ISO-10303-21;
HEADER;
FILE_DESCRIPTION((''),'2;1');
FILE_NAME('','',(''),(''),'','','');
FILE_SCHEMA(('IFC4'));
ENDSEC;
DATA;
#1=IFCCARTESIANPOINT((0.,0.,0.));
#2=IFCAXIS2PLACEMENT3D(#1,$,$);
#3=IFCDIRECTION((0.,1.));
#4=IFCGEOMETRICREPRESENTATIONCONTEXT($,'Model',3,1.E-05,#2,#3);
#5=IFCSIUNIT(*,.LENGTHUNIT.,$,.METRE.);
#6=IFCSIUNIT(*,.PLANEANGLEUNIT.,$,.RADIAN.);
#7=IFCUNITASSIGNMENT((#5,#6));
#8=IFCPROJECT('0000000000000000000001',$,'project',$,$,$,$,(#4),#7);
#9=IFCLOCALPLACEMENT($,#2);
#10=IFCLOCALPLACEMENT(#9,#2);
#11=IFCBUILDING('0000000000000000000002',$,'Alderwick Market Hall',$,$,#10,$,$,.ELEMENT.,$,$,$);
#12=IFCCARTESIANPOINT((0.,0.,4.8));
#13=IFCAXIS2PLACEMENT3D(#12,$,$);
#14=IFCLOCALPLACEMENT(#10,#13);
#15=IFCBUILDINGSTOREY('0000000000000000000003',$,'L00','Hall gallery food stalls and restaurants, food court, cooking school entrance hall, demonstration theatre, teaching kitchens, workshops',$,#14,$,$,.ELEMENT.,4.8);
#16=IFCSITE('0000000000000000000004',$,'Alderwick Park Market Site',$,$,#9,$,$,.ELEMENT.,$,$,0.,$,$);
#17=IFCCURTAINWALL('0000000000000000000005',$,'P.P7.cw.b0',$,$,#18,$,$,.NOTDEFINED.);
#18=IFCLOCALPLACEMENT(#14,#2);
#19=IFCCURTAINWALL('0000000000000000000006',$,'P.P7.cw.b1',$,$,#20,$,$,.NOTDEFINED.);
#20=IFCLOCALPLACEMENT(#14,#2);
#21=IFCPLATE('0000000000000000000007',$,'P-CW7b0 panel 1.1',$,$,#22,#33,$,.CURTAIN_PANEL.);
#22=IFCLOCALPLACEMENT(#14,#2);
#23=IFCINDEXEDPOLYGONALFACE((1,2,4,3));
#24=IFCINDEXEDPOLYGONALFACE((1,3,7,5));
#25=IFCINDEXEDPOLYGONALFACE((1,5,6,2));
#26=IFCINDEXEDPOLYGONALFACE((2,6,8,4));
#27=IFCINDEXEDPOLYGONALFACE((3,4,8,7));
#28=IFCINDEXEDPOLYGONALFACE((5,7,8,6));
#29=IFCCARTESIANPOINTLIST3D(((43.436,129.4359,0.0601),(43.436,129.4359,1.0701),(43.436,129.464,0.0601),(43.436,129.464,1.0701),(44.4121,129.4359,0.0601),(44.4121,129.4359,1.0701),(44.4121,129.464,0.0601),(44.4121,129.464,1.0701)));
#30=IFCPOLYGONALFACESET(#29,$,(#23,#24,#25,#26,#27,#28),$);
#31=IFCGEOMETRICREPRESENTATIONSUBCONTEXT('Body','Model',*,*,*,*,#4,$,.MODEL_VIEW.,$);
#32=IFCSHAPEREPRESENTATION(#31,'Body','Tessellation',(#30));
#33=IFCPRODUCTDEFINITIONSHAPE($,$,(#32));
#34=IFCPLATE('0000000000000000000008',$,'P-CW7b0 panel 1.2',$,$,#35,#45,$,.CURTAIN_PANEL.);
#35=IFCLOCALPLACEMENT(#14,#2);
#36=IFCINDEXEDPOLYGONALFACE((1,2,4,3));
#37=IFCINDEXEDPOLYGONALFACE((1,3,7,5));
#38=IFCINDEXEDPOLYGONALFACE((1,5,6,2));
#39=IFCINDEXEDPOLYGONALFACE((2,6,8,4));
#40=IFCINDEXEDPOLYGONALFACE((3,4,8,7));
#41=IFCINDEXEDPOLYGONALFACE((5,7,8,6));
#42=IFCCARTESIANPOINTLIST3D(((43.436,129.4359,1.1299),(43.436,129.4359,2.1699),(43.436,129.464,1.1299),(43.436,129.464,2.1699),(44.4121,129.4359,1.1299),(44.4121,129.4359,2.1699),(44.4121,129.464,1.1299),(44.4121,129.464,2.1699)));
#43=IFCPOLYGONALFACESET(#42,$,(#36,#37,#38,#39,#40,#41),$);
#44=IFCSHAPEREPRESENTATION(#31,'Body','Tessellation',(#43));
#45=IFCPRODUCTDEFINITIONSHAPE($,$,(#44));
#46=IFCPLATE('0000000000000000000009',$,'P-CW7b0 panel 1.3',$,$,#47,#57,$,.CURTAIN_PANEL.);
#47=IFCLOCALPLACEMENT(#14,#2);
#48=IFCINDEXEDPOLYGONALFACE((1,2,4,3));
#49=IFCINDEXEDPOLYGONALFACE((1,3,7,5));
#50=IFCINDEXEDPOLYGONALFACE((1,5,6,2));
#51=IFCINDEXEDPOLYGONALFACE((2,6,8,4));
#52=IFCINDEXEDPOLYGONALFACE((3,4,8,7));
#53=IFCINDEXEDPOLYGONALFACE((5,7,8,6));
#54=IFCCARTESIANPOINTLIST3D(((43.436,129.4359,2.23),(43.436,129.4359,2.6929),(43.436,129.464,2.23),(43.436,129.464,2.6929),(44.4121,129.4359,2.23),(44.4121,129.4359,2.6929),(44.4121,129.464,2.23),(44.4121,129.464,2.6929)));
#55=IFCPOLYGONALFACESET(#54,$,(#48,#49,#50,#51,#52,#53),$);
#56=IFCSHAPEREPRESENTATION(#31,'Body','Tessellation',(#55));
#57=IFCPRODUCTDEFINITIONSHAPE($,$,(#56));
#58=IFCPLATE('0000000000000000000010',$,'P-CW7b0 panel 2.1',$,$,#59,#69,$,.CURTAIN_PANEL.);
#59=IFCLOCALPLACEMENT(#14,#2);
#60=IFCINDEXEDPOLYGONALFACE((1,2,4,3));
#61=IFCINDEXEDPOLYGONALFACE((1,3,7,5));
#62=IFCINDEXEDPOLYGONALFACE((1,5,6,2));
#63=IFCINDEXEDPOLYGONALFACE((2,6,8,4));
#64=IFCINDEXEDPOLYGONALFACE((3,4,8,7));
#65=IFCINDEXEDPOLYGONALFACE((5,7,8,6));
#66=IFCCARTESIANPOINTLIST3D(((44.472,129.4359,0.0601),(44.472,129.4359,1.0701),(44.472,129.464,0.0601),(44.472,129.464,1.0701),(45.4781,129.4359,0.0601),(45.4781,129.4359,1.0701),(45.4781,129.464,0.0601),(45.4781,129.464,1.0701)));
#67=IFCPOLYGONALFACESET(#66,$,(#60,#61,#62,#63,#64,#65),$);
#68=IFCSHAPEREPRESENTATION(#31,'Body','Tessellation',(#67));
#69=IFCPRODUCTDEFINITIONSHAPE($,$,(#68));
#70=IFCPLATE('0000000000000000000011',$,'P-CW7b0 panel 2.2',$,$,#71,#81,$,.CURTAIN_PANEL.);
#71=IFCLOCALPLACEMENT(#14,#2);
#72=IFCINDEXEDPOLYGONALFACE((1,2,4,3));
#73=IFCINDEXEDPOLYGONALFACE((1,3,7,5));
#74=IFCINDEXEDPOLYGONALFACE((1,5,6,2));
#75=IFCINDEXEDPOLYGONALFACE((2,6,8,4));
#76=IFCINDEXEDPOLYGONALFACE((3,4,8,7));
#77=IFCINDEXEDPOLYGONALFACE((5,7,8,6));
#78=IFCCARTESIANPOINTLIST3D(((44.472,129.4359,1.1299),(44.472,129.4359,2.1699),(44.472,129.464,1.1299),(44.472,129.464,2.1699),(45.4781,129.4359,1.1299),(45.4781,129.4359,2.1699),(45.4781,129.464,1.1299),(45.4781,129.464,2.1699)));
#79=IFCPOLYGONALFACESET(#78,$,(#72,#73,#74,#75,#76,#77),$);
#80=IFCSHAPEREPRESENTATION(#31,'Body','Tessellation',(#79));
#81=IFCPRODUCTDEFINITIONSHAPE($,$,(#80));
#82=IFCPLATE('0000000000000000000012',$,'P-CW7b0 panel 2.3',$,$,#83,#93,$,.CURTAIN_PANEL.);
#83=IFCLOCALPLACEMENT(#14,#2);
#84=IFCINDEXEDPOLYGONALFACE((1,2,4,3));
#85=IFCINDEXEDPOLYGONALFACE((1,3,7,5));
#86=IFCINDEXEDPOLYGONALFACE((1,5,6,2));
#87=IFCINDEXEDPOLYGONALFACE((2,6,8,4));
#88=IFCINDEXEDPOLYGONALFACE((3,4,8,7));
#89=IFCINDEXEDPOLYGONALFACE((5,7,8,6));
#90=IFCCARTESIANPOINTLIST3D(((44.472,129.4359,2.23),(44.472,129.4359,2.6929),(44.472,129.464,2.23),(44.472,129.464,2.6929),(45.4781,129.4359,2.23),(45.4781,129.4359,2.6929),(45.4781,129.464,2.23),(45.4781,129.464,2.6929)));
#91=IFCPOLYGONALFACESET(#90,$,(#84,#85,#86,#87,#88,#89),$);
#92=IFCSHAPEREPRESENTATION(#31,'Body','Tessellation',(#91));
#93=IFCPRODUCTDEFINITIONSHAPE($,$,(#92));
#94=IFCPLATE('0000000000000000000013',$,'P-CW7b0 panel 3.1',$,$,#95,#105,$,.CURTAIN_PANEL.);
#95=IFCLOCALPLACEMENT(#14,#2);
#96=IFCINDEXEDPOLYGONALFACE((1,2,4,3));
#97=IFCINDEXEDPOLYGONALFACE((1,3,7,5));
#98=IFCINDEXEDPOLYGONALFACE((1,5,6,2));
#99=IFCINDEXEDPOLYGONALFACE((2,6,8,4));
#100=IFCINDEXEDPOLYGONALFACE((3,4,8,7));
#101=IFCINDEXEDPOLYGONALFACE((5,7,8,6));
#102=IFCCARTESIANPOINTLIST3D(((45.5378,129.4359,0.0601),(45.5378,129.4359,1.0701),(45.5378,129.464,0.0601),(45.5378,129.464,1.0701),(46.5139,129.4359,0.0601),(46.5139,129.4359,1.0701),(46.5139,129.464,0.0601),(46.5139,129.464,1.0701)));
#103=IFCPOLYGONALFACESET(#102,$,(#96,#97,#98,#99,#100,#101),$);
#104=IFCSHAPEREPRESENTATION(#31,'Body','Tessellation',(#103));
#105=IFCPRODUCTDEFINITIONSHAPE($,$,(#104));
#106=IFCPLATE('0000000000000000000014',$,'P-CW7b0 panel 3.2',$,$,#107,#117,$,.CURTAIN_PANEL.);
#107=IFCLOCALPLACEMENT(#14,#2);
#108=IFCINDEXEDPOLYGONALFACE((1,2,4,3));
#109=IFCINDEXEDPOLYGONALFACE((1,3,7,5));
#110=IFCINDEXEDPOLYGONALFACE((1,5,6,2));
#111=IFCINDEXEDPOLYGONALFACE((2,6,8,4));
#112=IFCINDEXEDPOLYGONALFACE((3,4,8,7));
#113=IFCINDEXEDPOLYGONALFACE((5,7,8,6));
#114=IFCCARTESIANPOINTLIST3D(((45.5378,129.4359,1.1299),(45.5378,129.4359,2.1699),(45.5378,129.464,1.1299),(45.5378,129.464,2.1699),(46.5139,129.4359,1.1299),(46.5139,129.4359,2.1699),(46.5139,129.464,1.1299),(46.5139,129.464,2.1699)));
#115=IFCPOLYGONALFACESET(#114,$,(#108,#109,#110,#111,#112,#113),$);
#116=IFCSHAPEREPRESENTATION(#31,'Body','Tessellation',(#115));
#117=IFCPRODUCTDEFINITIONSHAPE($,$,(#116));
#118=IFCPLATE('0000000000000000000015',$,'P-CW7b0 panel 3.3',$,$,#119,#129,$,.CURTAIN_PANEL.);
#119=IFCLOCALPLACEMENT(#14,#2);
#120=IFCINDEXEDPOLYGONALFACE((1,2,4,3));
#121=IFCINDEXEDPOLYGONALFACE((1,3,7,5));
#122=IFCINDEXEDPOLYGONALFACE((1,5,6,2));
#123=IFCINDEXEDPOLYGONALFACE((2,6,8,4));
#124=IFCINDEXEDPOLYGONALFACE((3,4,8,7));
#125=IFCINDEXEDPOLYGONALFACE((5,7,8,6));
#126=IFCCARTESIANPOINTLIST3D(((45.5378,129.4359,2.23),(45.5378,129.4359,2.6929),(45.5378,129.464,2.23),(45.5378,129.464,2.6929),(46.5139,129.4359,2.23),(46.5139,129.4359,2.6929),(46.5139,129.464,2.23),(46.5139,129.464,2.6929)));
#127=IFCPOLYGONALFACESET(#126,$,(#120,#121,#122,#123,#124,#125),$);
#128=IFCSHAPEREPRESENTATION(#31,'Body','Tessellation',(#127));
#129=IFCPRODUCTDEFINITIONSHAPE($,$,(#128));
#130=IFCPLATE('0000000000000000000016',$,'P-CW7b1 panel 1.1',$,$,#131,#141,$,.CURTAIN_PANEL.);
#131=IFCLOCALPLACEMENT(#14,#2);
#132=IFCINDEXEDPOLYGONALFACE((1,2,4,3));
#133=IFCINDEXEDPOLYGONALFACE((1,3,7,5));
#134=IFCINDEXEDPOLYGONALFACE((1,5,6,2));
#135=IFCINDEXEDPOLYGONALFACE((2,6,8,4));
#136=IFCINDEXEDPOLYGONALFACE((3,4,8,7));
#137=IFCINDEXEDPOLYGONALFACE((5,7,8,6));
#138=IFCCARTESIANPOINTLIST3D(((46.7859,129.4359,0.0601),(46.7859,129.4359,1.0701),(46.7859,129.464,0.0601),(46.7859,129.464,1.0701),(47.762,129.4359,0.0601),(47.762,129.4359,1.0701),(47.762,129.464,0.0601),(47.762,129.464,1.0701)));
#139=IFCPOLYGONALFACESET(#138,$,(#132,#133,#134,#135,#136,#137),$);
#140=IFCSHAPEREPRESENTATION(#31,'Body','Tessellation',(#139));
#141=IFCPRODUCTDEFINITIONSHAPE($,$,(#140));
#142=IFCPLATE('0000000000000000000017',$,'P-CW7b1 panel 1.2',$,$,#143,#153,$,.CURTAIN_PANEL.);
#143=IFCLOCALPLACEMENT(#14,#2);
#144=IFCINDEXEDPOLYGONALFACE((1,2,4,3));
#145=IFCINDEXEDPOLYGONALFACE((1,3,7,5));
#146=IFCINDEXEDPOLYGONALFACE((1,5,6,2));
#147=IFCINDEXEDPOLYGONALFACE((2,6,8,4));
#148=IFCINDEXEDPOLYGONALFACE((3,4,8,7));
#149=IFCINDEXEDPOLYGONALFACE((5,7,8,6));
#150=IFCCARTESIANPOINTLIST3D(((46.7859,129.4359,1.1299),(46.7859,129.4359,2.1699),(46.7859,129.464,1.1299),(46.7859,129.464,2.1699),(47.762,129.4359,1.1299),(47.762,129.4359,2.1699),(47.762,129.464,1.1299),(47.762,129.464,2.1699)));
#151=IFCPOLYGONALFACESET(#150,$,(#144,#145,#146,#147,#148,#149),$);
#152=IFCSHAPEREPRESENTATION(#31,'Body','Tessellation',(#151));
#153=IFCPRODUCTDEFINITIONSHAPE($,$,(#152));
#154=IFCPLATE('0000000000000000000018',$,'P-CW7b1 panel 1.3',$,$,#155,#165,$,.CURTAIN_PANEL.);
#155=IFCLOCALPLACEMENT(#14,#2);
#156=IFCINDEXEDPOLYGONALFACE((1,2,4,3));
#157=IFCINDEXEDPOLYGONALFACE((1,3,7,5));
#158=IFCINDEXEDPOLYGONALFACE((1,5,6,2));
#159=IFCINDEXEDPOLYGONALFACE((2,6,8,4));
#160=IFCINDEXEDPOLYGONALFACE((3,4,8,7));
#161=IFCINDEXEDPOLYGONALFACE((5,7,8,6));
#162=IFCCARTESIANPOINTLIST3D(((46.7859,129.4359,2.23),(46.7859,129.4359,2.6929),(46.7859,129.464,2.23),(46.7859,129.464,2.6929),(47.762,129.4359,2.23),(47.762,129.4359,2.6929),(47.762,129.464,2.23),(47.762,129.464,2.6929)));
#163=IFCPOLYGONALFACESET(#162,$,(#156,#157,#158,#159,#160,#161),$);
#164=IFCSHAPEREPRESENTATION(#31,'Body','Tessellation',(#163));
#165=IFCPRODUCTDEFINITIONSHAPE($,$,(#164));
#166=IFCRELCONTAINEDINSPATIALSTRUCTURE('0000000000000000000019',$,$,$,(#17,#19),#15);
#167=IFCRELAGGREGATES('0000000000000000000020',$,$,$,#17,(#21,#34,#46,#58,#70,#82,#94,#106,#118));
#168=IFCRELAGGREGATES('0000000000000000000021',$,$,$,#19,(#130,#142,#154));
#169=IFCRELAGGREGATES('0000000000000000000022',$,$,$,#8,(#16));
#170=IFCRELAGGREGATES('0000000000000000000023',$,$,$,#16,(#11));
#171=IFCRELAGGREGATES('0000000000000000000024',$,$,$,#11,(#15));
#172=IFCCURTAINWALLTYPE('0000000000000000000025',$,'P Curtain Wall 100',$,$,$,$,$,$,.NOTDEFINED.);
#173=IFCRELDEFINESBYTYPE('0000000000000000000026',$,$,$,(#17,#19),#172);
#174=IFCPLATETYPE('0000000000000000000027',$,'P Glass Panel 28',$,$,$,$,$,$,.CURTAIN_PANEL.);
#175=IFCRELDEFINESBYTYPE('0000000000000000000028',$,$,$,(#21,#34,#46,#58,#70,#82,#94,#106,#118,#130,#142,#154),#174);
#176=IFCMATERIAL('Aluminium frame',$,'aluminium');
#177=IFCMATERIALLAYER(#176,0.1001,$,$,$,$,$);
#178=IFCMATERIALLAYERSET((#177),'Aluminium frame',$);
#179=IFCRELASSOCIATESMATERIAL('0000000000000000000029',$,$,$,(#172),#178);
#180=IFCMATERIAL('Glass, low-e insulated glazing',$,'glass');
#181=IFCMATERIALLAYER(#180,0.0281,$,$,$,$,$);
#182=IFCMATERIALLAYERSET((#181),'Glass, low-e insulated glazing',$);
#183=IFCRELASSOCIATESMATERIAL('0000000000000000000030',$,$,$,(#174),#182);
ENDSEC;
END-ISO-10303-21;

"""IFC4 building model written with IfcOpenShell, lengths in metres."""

from ifc_helpers import new_model, si_unit, direction, frame, origin, origin_2d, place, context, subcontext, project, spatial, rectangle, extrude, material, layer, layer_set, type_object, element, aggregate, save


model = new_model("IFC4")

# Units and contexts
model_context = context("Model", 3, precision=1e-05, world=origin(), true_north=direction((0.0, 1.0)))
body_context = subcontext(model_context, "Body", "Model", "MODEL_VIEW")
ifc_project = project(units=[si_unit("LENGTHUNIT", "METRE"), si_unit("PLANEANGLEUNIT", "RADIAN")], contexts=[model_context])

# Site, building, storey
site_placement = place(None, origin())
site = spatial("IfcSite", under=ifc_project, at=site_placement, Name="Alderwick Park Market Site", CompositionType="ELEMENT", RefElevation=0.0)
building_placement = place(site_placement, origin())
building = spatial("IfcBuilding", under=site, at=building_placement, Name="Alderwick Market Hall", CompositionType="ELEMENT")
storey_placement = place(building_placement, frame((0.0, 0.0, 4.8)))
storey = spatial("IfcBuildingStorey", under=building, at=storey_placement, Name="L00", Description="Hall gallery food stalls and restaurants, food court, cooking school entrance hall, demonstration theatre, teaching kitchens, workshops", CompositionType="ELEMENT", Elevation=4.8)

# Curtain wall
ifc_material_1 = material(Name="Aluminium frame", Category="aluminium")
ifc_layer_1 = layer(ifc_material_1, 0.1001)
ifc_layer_set_1 = layer_set([ifc_layer_1], Name="Aluminium frame")
curtain_wall_type = type_object("IfcCurtainWallType", Name="P Curtain Wall 100", PredefinedType="NOTDEFINED", material=ifc_layer_set_1)
curtain_wall_1_placement = place(storey_placement, origin())
curtain_wall_1 = element("IfcCurtainWall", 1, at=curtain_wall_1_placement, inside=storey, type_object=curtain_wall_type, Name="P.P7.cw.b0", PredefinedType="NOTDEFINED")

# Curtain wall
curtain_wall_2_placement = place(storey_placement, origin())
curtain_wall_2 = element("IfcCurtainWall", 2, at=curtain_wall_2_placement, inside=storey, type_object=curtain_wall_type, Name="P.P7.cw.b1", PredefinedType="NOTDEFINED")

# Plates
ifc_material_2 = material(Name="Glass, low-e insulated glazing", Category="glass")
ifc_layer_2 = layer(ifc_material_2, 0.0281)
ifc_layer_set_2 = layer_set([ifc_layer_2], Name="Glass, low-e insulated glazing")
plate_type = type_object("IfcPlateType", Name="P Glass Panel 28", PredefinedType="CURTAIN_PANEL", material=ifc_layer_set_2)
plate_1_placement = place(storey_placement, frame((43.9241, 129.45, 0.0601), z_axis=(0.0, 0.0, 1.0), x_axis=(1.0, 0.0, 0.0)))
plate_1 = element("IfcPlate", 3, at=plate_1_placement, type_object=plate_type, Name="P-CW7b0 panel 1.1", PredefinedType="CURTAIN_PANEL", context=body_context, shape_type="SweptSolid", body=[
    extrude(rectangle(XDim=0.9761, YDim=0.0281, at=origin_2d()), origin(), (0.0, 0.0, 1.0), 1.01),
])
plate_2_placement = place(storey_placement, frame((43.9241, 129.45, 1.1299), z_axis=(0.0, 0.0, 1.0), x_axis=(1.0, 0.0, 0.0)))
plate_2 = element("IfcPlate", 4, at=plate_2_placement, type_object=plate_type, Name="P-CW7b0 panel 1.2", PredefinedType="CURTAIN_PANEL", context=body_context, shape_type="SweptSolid", body=[
    extrude(rectangle(XDim=0.9761, YDim=0.0281, at=origin_2d()), origin(), (0.0, 0.0, 1.0), 1.04),
])
plate_3_placement = place(storey_placement, frame((43.9241, 129.45, 2.23), z_axis=(0.0, 0.0, 1.0), x_axis=(1.0, 0.0, 0.0)))
plate_3 = element("IfcPlate", 5, at=plate_3_placement, type_object=plate_type, Name="P-CW7b0 panel 1.3", PredefinedType="CURTAIN_PANEL", context=body_context, shape_type="SweptSolid", body=[
    extrude(rectangle(XDim=0.9761, YDim=0.0281, at=origin_2d()), origin(), (0.0, 0.0, 1.0), 0.4629),
])
plate_4_placement = place(storey_placement, frame((44.9751, 129.45, 0.0601), z_axis=(0.0, 0.0, 1.0), x_axis=(1.0, 0.0, 0.0)))
plate_4 = element("IfcPlate", 6, at=plate_4_placement, type_object=plate_type, Name="P-CW7b0 panel 2.1", PredefinedType="CURTAIN_PANEL", context=body_context, shape_type="SweptSolid", body=[
    extrude(rectangle(XDim=1.0061, YDim=0.0281, at=origin_2d()), origin(), (0.0, 0.0, 1.0), 1.01),
])
plate_5_placement = place(storey_placement, frame((44.9751, 129.45, 1.1299), z_axis=(0.0, 0.0, 1.0), x_axis=(1.0, 0.0, 0.0)))
plate_5 = element("IfcPlate", 7, at=plate_5_placement, type_object=plate_type, Name="P-CW7b0 panel 2.2", PredefinedType="CURTAIN_PANEL", context=body_context, shape_type="SweptSolid", body=[
    extrude(rectangle(XDim=1.0061, YDim=0.0281, at=origin_2d()), origin(), (0.0, 0.0, 1.0), 1.04),
])
plate_6_placement = place(storey_placement, frame((44.9751, 129.45, 2.23), z_axis=(0.0, 0.0, 1.0), x_axis=(1.0, 0.0, 0.0)))
plate_6 = element("IfcPlate", 8, at=plate_6_placement, type_object=plate_type, Name="P-CW7b0 panel 2.3", PredefinedType="CURTAIN_PANEL", context=body_context, shape_type="SweptSolid", body=[
    extrude(rectangle(XDim=1.0061, YDim=0.0281, at=origin_2d()), origin(), (0.0, 0.0, 1.0), 0.4629),
])
plate_7_placement = place(storey_placement, frame((46.0259, 129.45, 0.0601), z_axis=(0.0, 0.0, 1.0), x_axis=(1.0, 0.0, 0.0)))
plate_7 = element("IfcPlate", 9, at=plate_7_placement, type_object=plate_type, Name="P-CW7b0 panel 3.1", PredefinedType="CURTAIN_PANEL", context=body_context, shape_type="SweptSolid", body=[
    extrude(rectangle(XDim=0.9761, YDim=0.0281, at=origin_2d()), origin(), (0.0, 0.0, 1.0), 1.01),
])
plate_8_placement = place(storey_placement, frame((46.0259, 129.45, 1.1299), z_axis=(0.0, 0.0, 1.0), x_axis=(1.0, 0.0, 0.0)))
plate_8 = element("IfcPlate", 10, at=plate_8_placement, type_object=plate_type, Name="P-CW7b0 panel 3.2", PredefinedType="CURTAIN_PANEL", context=body_context, shape_type="SweptSolid", body=[
    extrude(rectangle(XDim=0.9761, YDim=0.0281, at=origin_2d()), origin(), (0.0, 0.0, 1.0), 1.04),
])
plate_9_placement = place(storey_placement, frame((46.0259, 129.45, 2.23), z_axis=(0.0, 0.0, 1.0), x_axis=(1.0, 0.0, 0.0)))
plate_9 = element("IfcPlate", 11, at=plate_9_placement, type_object=plate_type, Name="P-CW7b0 panel 3.3", PredefinedType="CURTAIN_PANEL", context=body_context, shape_type="SweptSolid", body=[
    extrude(rectangle(XDim=0.9761, YDim=0.0281, at=origin_2d()), origin(), (0.0, 0.0, 1.0), 0.4629),
])
aggregate(curtain_wall_1, [plate_1, plate_2, plate_3, plate_4, plate_5, plate_6, plate_7, plate_8, plate_9])
plate_10_placement = place(storey_placement, frame((47.2739, 129.45, 0.0601), z_axis=(0.0, 0.0, 1.0), x_axis=(1.0, 0.0, 0.0)))
plate_10 = element("IfcPlate", 12, at=plate_10_placement, type_object=plate_type, Name="P-CW7b1 panel 1.1", PredefinedType="CURTAIN_PANEL", context=body_context, shape_type="SweptSolid", body=[
    extrude(rectangle(XDim=0.9761, YDim=0.0281, at=origin_2d()), origin(), (0.0, 0.0, 1.0), 1.01),
])
plate_11_placement = place(storey_placement, frame((47.2739, 129.45, 1.1299), z_axis=(0.0, 0.0, 1.0), x_axis=(1.0, 0.0, 0.0)))
plate_11 = element("IfcPlate", 13, at=plate_11_placement, type_object=plate_type, Name="P-CW7b1 panel 1.2", PredefinedType="CURTAIN_PANEL", context=body_context, shape_type="SweptSolid", body=[
    extrude(rectangle(XDim=0.9761, YDim=0.0281, at=origin_2d()), origin(), (0.0, 0.0, 1.0), 1.04),
])
plate_12_placement = place(storey_placement, frame((47.2739, 129.45, 2.23), z_axis=(0.0, 0.0, 1.0), x_axis=(1.0, 0.0, 0.0)))
plate_12 = element("IfcPlate", 14, at=plate_12_placement, type_object=plate_type, Name="P-CW7b1 panel 1.3", PredefinedType="CURTAIN_PANEL", context=body_context, shape_type="SweptSolid", body=[
    extrude(rectangle(XDim=0.9761, YDim=0.0281, at=origin_2d()), origin(), (0.0, 0.0, 1.0), 0.4629),
])
aggregate(curtain_wall_2, [plate_10, plate_11, plate_12])

save(model, "model.ifc")
